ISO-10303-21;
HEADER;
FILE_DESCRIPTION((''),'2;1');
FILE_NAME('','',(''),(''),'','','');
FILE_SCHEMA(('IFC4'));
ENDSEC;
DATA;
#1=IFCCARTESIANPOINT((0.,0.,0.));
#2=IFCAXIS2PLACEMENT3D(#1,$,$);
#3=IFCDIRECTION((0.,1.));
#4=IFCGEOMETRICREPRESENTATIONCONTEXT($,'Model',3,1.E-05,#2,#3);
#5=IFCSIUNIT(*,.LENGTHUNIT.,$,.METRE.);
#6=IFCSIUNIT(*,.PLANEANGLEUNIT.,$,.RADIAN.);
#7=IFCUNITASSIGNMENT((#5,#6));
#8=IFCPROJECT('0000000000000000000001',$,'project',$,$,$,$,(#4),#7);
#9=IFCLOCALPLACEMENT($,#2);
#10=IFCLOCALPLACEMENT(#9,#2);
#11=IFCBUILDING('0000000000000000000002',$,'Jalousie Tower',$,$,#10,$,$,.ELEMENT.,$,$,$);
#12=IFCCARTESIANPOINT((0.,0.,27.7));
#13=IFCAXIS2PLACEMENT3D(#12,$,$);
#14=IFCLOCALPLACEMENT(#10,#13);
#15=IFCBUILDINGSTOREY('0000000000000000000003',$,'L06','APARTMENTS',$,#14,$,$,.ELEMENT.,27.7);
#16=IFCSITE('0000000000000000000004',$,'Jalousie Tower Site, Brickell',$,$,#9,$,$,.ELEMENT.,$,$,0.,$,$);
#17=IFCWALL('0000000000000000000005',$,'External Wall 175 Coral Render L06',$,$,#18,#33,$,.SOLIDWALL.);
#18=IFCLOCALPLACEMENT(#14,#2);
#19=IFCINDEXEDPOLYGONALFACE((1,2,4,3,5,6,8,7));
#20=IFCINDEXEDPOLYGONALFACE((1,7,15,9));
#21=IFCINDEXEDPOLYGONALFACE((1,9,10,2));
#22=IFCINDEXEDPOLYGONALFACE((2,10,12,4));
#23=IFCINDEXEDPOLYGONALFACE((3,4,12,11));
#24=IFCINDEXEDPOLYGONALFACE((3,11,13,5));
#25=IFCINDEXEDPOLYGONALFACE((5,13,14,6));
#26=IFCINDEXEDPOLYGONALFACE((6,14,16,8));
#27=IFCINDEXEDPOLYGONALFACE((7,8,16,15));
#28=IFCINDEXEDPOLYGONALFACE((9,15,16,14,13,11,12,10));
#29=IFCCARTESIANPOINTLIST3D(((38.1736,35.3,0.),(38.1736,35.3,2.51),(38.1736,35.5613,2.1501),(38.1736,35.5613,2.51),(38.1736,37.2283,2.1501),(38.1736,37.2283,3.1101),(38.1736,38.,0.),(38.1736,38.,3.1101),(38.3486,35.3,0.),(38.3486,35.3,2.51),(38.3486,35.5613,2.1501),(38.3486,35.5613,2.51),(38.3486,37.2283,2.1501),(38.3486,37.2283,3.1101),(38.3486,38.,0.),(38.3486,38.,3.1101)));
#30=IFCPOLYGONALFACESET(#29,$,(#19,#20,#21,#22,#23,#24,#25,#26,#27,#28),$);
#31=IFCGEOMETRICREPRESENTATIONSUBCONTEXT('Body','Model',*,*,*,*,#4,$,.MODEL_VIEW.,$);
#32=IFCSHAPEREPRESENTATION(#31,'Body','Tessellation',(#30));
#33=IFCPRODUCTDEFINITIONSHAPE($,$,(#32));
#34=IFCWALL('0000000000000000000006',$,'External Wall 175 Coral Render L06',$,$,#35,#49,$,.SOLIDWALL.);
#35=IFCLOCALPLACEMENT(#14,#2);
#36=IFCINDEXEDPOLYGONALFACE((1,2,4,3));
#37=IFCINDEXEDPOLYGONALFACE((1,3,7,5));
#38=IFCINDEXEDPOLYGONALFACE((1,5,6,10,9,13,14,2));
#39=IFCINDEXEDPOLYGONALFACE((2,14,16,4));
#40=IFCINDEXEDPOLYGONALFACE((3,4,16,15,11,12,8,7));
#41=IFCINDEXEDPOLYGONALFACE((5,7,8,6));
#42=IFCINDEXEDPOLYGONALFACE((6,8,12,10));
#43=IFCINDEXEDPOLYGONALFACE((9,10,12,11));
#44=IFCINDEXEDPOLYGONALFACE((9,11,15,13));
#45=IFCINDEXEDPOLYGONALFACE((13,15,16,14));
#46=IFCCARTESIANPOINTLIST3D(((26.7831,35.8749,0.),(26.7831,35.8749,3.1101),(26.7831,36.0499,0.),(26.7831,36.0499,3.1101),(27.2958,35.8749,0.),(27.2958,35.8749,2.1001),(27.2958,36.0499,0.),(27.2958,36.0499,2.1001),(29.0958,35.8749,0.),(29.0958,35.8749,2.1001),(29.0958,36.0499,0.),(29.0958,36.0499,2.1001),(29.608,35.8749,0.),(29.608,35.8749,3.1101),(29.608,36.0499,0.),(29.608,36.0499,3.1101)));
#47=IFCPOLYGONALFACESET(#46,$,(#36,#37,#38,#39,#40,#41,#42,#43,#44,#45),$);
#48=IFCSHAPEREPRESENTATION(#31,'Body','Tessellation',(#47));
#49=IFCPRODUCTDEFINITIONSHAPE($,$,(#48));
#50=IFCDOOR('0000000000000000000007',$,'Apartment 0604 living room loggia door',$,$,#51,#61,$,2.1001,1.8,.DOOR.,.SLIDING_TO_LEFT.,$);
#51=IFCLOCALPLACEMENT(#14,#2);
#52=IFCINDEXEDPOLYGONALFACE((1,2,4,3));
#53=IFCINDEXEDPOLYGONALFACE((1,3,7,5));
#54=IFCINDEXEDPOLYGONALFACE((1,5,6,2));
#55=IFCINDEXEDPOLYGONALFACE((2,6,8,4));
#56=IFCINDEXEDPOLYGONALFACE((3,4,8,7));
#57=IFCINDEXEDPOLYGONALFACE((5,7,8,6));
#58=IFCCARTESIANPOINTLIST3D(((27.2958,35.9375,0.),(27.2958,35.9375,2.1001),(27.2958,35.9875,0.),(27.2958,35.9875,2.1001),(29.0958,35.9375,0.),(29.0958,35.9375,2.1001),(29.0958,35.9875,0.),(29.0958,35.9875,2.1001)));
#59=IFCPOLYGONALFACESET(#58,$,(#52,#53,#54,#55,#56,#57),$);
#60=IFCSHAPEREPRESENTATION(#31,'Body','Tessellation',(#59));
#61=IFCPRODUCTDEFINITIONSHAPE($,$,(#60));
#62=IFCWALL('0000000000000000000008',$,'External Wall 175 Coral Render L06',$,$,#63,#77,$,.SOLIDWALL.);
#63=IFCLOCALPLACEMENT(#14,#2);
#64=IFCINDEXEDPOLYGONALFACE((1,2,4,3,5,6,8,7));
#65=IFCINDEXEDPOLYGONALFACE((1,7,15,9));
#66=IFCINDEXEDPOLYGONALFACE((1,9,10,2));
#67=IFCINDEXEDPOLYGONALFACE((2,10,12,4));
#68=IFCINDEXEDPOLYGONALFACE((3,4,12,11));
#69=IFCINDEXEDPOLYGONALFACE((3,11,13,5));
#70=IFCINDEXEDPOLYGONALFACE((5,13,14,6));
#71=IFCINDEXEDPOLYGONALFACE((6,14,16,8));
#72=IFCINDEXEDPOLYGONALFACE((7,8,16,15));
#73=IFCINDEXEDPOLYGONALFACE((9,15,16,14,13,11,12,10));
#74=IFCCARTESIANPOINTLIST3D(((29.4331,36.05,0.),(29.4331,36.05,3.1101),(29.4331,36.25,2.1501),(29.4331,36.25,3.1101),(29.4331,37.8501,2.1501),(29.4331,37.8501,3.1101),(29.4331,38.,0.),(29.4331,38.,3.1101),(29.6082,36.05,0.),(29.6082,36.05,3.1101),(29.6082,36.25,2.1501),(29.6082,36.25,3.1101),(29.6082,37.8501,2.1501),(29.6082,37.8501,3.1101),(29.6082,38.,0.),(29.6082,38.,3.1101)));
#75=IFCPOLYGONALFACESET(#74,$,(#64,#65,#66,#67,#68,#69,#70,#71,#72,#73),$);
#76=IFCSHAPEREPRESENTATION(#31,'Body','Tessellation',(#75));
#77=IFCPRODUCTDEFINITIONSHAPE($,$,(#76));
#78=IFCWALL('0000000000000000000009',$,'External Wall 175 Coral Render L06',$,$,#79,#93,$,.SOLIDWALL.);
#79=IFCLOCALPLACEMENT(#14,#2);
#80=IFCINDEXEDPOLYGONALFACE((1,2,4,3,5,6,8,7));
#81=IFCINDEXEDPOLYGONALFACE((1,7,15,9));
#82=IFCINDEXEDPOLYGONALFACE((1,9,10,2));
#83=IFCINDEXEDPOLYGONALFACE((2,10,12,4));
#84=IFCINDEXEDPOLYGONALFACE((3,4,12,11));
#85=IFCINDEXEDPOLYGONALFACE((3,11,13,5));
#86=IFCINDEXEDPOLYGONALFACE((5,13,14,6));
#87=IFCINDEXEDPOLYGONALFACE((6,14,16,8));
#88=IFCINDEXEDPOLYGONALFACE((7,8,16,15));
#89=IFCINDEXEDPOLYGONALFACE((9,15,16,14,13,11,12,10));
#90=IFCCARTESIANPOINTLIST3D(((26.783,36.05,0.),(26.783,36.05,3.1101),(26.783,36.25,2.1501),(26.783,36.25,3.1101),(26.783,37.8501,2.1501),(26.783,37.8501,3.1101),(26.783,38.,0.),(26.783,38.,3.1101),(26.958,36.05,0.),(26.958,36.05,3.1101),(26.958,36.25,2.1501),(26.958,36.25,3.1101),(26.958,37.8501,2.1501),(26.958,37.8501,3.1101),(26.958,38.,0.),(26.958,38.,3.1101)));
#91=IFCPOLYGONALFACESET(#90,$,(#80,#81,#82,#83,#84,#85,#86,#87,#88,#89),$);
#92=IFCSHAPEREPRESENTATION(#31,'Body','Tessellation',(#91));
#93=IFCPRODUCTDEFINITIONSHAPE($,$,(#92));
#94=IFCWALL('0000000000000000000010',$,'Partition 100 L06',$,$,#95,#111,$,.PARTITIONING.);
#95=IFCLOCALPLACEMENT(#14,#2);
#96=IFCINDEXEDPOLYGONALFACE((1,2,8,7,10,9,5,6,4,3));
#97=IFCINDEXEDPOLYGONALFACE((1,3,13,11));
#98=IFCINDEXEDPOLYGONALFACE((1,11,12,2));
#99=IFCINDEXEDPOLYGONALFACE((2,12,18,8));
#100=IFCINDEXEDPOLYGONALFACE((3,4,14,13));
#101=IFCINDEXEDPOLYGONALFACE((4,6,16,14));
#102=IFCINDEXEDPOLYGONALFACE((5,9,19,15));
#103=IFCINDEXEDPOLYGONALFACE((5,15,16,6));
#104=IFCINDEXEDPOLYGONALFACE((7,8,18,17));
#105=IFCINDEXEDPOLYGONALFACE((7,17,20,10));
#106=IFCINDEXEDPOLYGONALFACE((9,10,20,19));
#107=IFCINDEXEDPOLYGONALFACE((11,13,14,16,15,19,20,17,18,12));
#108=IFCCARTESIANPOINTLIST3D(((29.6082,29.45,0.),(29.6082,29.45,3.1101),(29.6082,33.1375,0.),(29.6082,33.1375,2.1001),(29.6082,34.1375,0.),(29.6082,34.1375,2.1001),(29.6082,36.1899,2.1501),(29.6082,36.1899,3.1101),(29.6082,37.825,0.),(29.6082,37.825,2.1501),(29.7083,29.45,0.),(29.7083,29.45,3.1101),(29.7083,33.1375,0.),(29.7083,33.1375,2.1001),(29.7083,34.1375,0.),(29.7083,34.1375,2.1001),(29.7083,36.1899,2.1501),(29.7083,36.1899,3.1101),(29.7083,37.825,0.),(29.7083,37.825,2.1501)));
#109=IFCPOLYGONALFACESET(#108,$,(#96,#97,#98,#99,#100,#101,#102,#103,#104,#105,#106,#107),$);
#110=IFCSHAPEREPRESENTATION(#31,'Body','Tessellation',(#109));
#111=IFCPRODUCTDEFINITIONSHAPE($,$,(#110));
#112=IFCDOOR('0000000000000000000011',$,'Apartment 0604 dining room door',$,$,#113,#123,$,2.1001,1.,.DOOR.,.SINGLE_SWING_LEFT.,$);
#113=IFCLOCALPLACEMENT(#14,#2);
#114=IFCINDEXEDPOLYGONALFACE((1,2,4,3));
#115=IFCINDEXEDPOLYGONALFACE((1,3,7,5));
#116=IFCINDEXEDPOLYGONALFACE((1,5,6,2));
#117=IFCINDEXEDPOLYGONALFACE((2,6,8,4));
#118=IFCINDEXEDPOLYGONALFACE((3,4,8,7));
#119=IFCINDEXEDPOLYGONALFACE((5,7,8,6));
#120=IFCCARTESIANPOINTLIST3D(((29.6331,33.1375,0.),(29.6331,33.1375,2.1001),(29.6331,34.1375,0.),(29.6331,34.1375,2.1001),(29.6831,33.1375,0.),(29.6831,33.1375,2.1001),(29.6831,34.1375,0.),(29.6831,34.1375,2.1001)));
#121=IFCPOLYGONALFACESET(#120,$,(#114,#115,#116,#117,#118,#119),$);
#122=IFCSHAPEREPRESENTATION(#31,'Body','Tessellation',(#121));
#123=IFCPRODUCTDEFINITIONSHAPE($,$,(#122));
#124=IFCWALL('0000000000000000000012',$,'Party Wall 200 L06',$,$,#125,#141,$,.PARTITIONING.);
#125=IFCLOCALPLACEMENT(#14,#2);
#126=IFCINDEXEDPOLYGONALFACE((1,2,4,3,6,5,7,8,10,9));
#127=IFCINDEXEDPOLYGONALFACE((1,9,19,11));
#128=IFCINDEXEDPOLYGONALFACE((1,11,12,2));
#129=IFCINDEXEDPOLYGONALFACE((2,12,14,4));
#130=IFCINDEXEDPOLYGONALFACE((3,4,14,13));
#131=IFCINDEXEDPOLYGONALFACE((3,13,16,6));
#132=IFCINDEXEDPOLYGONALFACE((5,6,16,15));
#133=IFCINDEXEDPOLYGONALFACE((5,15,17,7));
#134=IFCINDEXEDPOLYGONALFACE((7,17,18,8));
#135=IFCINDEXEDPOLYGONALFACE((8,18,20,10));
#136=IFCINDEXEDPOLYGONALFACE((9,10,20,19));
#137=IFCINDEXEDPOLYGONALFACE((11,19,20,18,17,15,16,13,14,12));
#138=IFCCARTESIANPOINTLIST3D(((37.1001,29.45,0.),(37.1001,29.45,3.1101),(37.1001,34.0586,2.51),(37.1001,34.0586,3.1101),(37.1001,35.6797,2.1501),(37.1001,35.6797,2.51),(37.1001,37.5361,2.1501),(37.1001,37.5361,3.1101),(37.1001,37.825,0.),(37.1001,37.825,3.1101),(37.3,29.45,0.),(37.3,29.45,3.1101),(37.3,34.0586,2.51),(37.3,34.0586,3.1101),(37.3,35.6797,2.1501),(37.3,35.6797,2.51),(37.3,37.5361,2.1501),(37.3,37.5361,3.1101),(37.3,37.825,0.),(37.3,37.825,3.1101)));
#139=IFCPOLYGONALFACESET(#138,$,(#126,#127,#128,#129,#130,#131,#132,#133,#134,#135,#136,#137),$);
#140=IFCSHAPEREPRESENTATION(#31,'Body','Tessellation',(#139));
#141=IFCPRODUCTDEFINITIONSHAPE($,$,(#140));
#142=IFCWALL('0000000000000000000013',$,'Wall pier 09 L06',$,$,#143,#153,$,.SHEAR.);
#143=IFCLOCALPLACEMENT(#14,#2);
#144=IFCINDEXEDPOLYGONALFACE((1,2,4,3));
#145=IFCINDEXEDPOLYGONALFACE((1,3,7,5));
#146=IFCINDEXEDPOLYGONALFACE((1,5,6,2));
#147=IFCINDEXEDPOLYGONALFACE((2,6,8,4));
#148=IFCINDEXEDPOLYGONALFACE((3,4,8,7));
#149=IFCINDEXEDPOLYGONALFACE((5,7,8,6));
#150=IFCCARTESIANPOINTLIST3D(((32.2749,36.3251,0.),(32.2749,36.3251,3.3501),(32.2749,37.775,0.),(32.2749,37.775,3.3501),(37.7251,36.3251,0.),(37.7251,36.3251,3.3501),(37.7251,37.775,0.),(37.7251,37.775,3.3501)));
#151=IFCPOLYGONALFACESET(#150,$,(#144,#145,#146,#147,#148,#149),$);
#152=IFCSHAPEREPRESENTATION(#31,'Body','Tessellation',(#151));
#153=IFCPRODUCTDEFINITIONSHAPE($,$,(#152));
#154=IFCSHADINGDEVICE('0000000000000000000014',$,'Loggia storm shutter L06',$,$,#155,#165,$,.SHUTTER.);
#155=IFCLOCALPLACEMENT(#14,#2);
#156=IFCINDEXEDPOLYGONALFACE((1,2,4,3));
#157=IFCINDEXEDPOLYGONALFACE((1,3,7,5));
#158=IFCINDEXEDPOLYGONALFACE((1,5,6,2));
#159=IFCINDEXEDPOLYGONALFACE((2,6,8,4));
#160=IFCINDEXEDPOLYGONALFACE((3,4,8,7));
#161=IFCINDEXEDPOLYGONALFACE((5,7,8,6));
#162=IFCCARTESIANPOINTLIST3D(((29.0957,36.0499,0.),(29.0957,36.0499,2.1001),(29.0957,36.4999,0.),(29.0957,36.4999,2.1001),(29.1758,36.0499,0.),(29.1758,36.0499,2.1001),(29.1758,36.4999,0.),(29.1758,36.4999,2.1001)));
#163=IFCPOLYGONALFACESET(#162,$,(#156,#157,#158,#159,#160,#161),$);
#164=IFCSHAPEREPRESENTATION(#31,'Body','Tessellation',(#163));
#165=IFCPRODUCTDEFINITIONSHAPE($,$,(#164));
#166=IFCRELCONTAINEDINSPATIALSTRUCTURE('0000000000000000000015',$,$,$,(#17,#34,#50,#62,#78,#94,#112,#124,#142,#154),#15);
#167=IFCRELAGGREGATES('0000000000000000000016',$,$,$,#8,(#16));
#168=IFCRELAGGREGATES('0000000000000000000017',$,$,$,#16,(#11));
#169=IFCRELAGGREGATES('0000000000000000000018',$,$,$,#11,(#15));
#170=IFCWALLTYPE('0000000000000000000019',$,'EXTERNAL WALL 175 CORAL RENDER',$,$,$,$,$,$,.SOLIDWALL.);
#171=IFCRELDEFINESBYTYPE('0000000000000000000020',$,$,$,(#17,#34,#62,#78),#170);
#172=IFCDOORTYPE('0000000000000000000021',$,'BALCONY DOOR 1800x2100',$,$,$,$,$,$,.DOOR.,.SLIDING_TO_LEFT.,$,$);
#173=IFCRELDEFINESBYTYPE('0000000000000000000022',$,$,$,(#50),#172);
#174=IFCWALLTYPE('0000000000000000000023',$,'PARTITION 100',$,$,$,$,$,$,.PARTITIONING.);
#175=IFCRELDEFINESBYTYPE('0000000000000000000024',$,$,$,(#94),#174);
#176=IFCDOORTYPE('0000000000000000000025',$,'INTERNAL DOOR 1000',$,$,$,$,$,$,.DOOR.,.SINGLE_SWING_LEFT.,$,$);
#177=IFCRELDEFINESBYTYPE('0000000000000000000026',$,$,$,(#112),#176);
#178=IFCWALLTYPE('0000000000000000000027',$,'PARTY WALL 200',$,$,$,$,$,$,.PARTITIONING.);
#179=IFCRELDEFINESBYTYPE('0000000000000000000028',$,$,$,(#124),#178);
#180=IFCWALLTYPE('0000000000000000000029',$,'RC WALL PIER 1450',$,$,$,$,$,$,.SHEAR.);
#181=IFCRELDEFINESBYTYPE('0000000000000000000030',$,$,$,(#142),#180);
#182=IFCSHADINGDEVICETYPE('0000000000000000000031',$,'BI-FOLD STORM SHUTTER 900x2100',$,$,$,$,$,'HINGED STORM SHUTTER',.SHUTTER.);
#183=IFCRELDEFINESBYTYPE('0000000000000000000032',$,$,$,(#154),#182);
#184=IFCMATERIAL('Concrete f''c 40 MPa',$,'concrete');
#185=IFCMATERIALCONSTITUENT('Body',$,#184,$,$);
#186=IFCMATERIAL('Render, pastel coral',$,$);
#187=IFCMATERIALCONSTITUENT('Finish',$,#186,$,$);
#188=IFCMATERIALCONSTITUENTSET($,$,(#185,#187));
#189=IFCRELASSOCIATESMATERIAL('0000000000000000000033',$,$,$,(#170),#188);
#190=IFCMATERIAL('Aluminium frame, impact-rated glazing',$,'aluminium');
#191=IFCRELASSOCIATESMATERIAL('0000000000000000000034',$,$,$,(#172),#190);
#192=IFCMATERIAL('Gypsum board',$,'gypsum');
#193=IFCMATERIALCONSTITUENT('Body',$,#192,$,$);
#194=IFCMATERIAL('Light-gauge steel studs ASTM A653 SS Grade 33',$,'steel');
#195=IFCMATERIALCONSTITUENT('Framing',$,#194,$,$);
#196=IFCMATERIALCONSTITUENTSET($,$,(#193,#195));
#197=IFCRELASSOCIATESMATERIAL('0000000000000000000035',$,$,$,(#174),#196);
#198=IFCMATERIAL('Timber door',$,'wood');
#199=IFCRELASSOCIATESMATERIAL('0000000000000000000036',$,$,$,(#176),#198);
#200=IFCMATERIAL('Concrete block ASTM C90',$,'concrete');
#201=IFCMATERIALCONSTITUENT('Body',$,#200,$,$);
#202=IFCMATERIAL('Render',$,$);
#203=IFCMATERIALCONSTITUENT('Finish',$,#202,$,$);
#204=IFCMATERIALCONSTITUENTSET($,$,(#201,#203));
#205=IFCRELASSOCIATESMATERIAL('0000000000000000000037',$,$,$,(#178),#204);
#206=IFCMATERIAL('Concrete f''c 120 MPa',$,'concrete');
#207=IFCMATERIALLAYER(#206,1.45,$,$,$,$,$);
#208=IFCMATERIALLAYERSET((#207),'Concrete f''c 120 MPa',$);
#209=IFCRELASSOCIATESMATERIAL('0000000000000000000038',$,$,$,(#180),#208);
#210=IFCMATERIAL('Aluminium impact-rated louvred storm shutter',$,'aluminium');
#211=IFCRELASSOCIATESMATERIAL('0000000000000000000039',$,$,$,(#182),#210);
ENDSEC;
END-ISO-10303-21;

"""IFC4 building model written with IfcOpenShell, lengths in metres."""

from ifc_helpers import new_model, si_unit, direction, frame, frame_2d, origin, origin_2d, place, context, subcontext, project, spatial, polyline, rectangle, outline, extrude, material, layer, layer_set, constituent, constituent_set, type_object, element, fill, save


model = new_model("IFC4")

# Units and contexts
model_context = context("Model", 3, precision=1e-05, world=origin(), true_north=direction((0.0, 1.0)))
body_context = subcontext(model_context, "Body", "Model", "MODEL_VIEW")
ifc_project = project(units=[si_unit("LENGTHUNIT", "METRE"), si_unit("PLANEANGLEUNIT", "RADIAN")], contexts=[model_context])

# Site, building, storey
site_placement = place(None, origin())
site = spatial("IfcSite", under=ifc_project, at=site_placement, Name="Jalousie Tower Site, Brickell", CompositionType="ELEMENT", RefElevation=0.0)
building_placement = place(site_placement, origin())
building = spatial("IfcBuilding", under=site, at=building_placement, Name="Jalousie Tower", CompositionType="ELEMENT")
storey_placement = place(building_placement, frame((0.0, 0.0, 27.7)))
storey = spatial("IfcBuildingStorey", under=building, at=storey_placement, Name="L06", Description="APARTMENTS", CompositionType="ELEMENT", Elevation=27.7)

# Shared definitions
ifc_material_1 = material(Name="Concrete f'c 40 MPa", Category="concrete")
ifc_constituent_1 = constituent(ifc_material_1, Name="Body")
ifc_material_2 = material(Name="Render, pastel coral")
ifc_constituent_2 = constituent(ifc_material_2, Name="Finish")
ifc_constituent_set_1 = constituent_set(constituents=[ifc_constituent_1, ifc_constituent_2])
wall_type_1 = type_object("IfcWallType", Name="EXTERNAL WALL 175 CORAL RENDER", PredefinedType="SOLIDWALL", material=ifc_constituent_set_1)

# Wall
wall_1_placement = place(storey_placement, frame((38.2612, 38.0, 0.0), z_axis=(0.0, 0.0, 1.0), x_axis=(0.0, -1.0, 0.0)))
element("IfcWall", 1, at=wall_1_placement, inside=storey, type_object=wall_type_1, Name="External Wall 175 Coral Render L06", PredefinedType="SOLIDWALL", context=body_context, shape_type="SweptSolid", body=[
    extrude(outline(polyline([(0.0, 0.0), (2.7, 0.0), (2.7, 2.51), (2.4387, 2.51), (2.4387, 2.1501), (0.7717, 2.1501), (0.7717, 3.1101), (0.0, 3.1101), (0.0, 0.0)])), frame((0.0, 0.0874, 0.0), z_axis=(0.0, -1.0, 0.0), x_axis=(1.0, 0.0, 0.0)), (0.0, 0.0, 1.0), 0.175),
])

# Wall, opening, door
wall_2_placement = place(storey_placement, frame((29.6082, 35.9624, 0.0), z_axis=(0.0, 0.0, 1.0), x_axis=(-1.0, 0.0, 0.0)))
wall_2 = element("IfcWall", 2, at=wall_2_placement, inside=storey, type_object=wall_type_1, Name="External Wall 175 Coral Render L06", PredefinedType="SOLIDWALL", context=body_context, shape_type="SweptSolid", body=[
    extrude(rectangle(XDim=2.825, YDim=0.175, at=frame_2d((1.4126, 0.0))), origin(), (0.0, 0.0, 1.0), 3.1101),
])
opening_1_placement = place(wall_2_placement, frame((0.5125, 0.0, 0.0)))
opening_1 = element("IfcOpeningElement", 3, at=opening_1_placement, cuts=wall_2, PredefinedType="OPENING", context=body_context, shape_type="SweptSolid", body=[
    extrude(rectangle(XDim=1.8, YDim=2.1001, at=frame_2d((0.8999, 1.05))), frame((0.0, 0.0974, 0.0), z_axis=(0.0, -1.0, 0.0), x_axis=(1.0, 0.0, 0.0)), (0.0, 0.0, 1.0), 0.1951),
])
ifc_material_3 = material(Name="Aluminium frame, impact-rated glazing", Category="aluminium")
door_type_1 = type_object("IfcDoorType", Name="BALCONY DOOR 1800x2100", OperationType="SLIDING_TO_LEFT", PredefinedType="DOOR", material=ifc_material_3)
door_1_placement = place(opening_1_placement, origin())
door_1 = element("IfcDoor", 4, at=door_1_placement, inside=storey, type_object=door_type_1, Name="Apartment 0604 living room loggia door", OperationType="SLIDING_TO_LEFT", OverallHeight=2.1001, OverallWidth=1.8, PredefinedType="DOOR", context=body_context, shape_type="SweptSolid", body=[
    extrude(rectangle(XDim=1.8, YDim=2.1001, at=frame_2d((0.8999, 1.05))), frame((0.0, 0.0249, 0.0), z_axis=(0.0, -1.0, 0.0), x_axis=(1.0, 0.0, 0.0)), (0.0, 0.0, 1.0), 0.05),
])
fill(opening_1, door_1)

# Walls
for number, where, z_axis, x_axis, name in (
    (5, (29.5208, 38.0, 0.0), (0.0, 0.0, 1.0), (0.0, -1.0, 0.0), "External Wall 175 Coral Render L06"),
    (6, (26.8706, 38.0, 0.0), (0.0, 0.0, 1.0), (0.0, -1.0, 0.0), "External Wall 175 Coral Render L06"),
):
    element("IfcWall", number, at=place(storey_placement, frame(where, z_axis=z_axis, x_axis=x_axis)), inside=storey, type_object=wall_type_1, Name=name, PredefinedType="SOLIDWALL", context=body_context, shape_type="SweptSolid", body=[
        extrude(outline(polyline([(0.0, 0.0), (1.95, 0.0), (1.95, 3.1101), (1.75, 3.1101), (1.75, 2.1501), (0.1499, 2.1501), (0.1499, 3.1101), (0.0, 3.1101), (0.0, 0.0)])), frame((0.0, 0.0874, 0.0), z_axis=(0.0, -1.0, 0.0), x_axis=(1.0, 0.0, 0.0)), (0.0, 0.0, 1.0), 0.175),
    ])

# Wall, opening, door
ifc_material_4 = material(Name="Gypsum board", Category="gypsum")
ifc_constituent_3 = constituent(ifc_material_4, Name="Body")
ifc_material_5 = material(Name="Light-gauge steel studs ASTM A653 SS Grade 33", Category="steel")
ifc_constituent_4 = constituent(ifc_material_5, Name="Framing")
ifc_constituent_set_2 = constituent_set(constituents=[ifc_constituent_3, ifc_constituent_4])
wall_type_2 = type_object("IfcWallType", Name="PARTITION 100", PredefinedType="PARTITIONING", material=ifc_constituent_set_2)
wall_3_placement = place(storey_placement, frame((29.6582, 37.825, 0.0), z_axis=(0.0, 0.0, 1.0), x_axis=(0.0, -1.0, 0.0)))
wall_3 = element("IfcWall", 7, at=wall_3_placement, inside=storey, type_object=wall_type_2, Name="Partition 100 L06", PredefinedType="PARTITIONING", context=body_context, shape_type="SweptSolid", body=[
    extrude(outline(polyline([(0.0, 0.0), (8.375, 0.0), (8.375, 3.1101), (1.635, 3.1101), (1.635, 2.1501), (0.0, 2.1501), (0.0, 3.1101), (0.0, 0.0)])), frame((0.0, 0.05, 0.0), z_axis=(0.0, -1.0, 0.0), x_axis=(1.0, 0.0, 0.0)), (0.0, 0.0, 1.0), 0.1001),
])
opening_2_placement = place(wall_3_placement, frame((3.6875, 0.0, 0.0)))
opening_2 = element("IfcOpeningElement", 8, at=opening_2_placement, cuts=wall_3, PredefinedType="OPENING", context=body_context, shape_type="SweptSolid", body=[
    extrude(rectangle(XDim=1.0, YDim=2.1001, at=frame_2d((0.5, 1.05))), frame((0.0, 0.0601, 0.0), z_axis=(0.0, -1.0, 0.0), x_axis=(1.0, 0.0, 0.0)), (0.0, 0.0, 1.0), 0.1201),
])
ifc_material_6 = material(Name="Timber door", Category="wood")
door_type_2 = type_object("IfcDoorType", Name="INTERNAL DOOR 1000", OperationType="SINGLE_SWING_LEFT", PredefinedType="DOOR", material=ifc_material_6)
door_2_placement = place(opening_2_placement, origin())
door_2 = element("IfcDoor", 9, at=door_2_placement, inside=storey, type_object=door_type_2, Name="Apartment 0604 dining room door", OperationType="SINGLE_SWING_LEFT", OverallHeight=2.1001, OverallWidth=1.0, PredefinedType="DOOR", context=body_context, shape_type="SweptSolid", body=[
    extrude(rectangle(XDim=1.0, YDim=2.1001, at=frame_2d((0.5, 1.05))), frame((0.0, 0.0249, 0.0), z_axis=(0.0, -1.0, 0.0), x_axis=(1.0, 0.0, 0.0)), (0.0, 0.0, 1.0), 0.05),
])
fill(opening_2, door_2)

# Walls
ifc_material_7 = material(Name="Concrete block ASTM C90", Category="concrete")
ifc_constituent_5 = constituent(ifc_material_7, Name="Body")
ifc_material_8 = material(Name="Render")
ifc_constituent_6 = constituent(ifc_material_8, Name="Finish")
ifc_constituent_set_3 = constituent_set(constituents=[ifc_constituent_5, ifc_constituent_6])
wall_type_3 = type_object("IfcWallType", Name="PARTY WALL 200", PredefinedType="PARTITIONING", material=ifc_constituent_set_3)
wall_4_placement = place(storey_placement, frame((37.2, 37.825, 0.0), z_axis=(0.0, 0.0, 1.0), x_axis=(0.0, -1.0, 0.0)))
element("IfcWall", 10, at=wall_4_placement, inside=storey, type_object=wall_type_3, Name="Party Wall 200 L06", PredefinedType="PARTITIONING", context=body_context, shape_type="SweptSolid", body=[
    extrude(outline(polyline([(0.0, 0.0), (8.375, 0.0), (8.375, 3.1101), (3.7664, 3.1101), (3.7664, 2.51), (2.1453, 2.51), (2.1453, 2.1501), (0.2888, 2.1501), (0.2888, 3.1101), (0.0, 3.1101), (0.0, 0.0)])), frame((0.0, 0.1001, 0.0), z_axis=(0.0, -1.0, 0.0), x_axis=(1.0, 0.0, 0.0)), (0.0, 0.0, 1.0), 0.2),
])
ifc_material_9 = material(Name="Concrete f'c 120 MPa", Category="concrete")
ifc_layer_1 = layer(ifc_material_9, 1.45)
ifc_layer_set_1 = layer_set([ifc_layer_1], Name="Concrete f'c 120 MPa")
wall_type_4 = type_object("IfcWallType", Name="RC WALL PIER 1450", PredefinedType="SHEAR", material=ifc_layer_set_1)
wall_5_placement = place(storey_placement, frame((32.2749, 37.05, 0.0), z_axis=(0.0, 0.0, 1.0), x_axis=(1.0, 0.0, 0.0)))
element("IfcWall", 11, at=wall_5_placement, inside=storey, type_object=wall_type_4, Name="Wall pier 09 L06", PredefinedType="SHEAR", context=body_context, shape_type="SweptSolid", body=[
    extrude(rectangle(XDim=5.4502, YDim=1.45, at=frame_2d((2.7251, 0.0))), origin(), (0.0, 0.0, 1.0), 3.3501),
])

# Shading device
ifc_material_10 = material(Name="Aluminium impact-rated louvred storm shutter", Category="aluminium")
shading_device_type_1 = type_object("IfcShadingDeviceType", Name="BI-FOLD STORM SHUTTER 900x2100", ElementType="HINGED STORM SHUTTER", PredefinedType="SHUTTER", material=ifc_material_10)
for number, where, z_axis, x_axis, name in (
    (12, (29.1357, 36.2749, 0.0), (0.0, 0.0, 1.0), (0.0, -1.0, 0.0), "Loggia storm shutter L06"),
):
    element("IfcShadingDevice", number, at=place(storey_placement, frame(where, z_axis=z_axis, x_axis=x_axis)), inside=storey, type_object=shading_device_type_1, Name=name, PredefinedType="SHUTTER", context=body_context, shape_type="SweptSolid", body=[
        extrude(rectangle(XDim=0.45, YDim=0.0801, at=origin_2d()), origin(), (0.0, 0.0, 1.0), 2.1001),
    ])

save(model, "model.ifc")
